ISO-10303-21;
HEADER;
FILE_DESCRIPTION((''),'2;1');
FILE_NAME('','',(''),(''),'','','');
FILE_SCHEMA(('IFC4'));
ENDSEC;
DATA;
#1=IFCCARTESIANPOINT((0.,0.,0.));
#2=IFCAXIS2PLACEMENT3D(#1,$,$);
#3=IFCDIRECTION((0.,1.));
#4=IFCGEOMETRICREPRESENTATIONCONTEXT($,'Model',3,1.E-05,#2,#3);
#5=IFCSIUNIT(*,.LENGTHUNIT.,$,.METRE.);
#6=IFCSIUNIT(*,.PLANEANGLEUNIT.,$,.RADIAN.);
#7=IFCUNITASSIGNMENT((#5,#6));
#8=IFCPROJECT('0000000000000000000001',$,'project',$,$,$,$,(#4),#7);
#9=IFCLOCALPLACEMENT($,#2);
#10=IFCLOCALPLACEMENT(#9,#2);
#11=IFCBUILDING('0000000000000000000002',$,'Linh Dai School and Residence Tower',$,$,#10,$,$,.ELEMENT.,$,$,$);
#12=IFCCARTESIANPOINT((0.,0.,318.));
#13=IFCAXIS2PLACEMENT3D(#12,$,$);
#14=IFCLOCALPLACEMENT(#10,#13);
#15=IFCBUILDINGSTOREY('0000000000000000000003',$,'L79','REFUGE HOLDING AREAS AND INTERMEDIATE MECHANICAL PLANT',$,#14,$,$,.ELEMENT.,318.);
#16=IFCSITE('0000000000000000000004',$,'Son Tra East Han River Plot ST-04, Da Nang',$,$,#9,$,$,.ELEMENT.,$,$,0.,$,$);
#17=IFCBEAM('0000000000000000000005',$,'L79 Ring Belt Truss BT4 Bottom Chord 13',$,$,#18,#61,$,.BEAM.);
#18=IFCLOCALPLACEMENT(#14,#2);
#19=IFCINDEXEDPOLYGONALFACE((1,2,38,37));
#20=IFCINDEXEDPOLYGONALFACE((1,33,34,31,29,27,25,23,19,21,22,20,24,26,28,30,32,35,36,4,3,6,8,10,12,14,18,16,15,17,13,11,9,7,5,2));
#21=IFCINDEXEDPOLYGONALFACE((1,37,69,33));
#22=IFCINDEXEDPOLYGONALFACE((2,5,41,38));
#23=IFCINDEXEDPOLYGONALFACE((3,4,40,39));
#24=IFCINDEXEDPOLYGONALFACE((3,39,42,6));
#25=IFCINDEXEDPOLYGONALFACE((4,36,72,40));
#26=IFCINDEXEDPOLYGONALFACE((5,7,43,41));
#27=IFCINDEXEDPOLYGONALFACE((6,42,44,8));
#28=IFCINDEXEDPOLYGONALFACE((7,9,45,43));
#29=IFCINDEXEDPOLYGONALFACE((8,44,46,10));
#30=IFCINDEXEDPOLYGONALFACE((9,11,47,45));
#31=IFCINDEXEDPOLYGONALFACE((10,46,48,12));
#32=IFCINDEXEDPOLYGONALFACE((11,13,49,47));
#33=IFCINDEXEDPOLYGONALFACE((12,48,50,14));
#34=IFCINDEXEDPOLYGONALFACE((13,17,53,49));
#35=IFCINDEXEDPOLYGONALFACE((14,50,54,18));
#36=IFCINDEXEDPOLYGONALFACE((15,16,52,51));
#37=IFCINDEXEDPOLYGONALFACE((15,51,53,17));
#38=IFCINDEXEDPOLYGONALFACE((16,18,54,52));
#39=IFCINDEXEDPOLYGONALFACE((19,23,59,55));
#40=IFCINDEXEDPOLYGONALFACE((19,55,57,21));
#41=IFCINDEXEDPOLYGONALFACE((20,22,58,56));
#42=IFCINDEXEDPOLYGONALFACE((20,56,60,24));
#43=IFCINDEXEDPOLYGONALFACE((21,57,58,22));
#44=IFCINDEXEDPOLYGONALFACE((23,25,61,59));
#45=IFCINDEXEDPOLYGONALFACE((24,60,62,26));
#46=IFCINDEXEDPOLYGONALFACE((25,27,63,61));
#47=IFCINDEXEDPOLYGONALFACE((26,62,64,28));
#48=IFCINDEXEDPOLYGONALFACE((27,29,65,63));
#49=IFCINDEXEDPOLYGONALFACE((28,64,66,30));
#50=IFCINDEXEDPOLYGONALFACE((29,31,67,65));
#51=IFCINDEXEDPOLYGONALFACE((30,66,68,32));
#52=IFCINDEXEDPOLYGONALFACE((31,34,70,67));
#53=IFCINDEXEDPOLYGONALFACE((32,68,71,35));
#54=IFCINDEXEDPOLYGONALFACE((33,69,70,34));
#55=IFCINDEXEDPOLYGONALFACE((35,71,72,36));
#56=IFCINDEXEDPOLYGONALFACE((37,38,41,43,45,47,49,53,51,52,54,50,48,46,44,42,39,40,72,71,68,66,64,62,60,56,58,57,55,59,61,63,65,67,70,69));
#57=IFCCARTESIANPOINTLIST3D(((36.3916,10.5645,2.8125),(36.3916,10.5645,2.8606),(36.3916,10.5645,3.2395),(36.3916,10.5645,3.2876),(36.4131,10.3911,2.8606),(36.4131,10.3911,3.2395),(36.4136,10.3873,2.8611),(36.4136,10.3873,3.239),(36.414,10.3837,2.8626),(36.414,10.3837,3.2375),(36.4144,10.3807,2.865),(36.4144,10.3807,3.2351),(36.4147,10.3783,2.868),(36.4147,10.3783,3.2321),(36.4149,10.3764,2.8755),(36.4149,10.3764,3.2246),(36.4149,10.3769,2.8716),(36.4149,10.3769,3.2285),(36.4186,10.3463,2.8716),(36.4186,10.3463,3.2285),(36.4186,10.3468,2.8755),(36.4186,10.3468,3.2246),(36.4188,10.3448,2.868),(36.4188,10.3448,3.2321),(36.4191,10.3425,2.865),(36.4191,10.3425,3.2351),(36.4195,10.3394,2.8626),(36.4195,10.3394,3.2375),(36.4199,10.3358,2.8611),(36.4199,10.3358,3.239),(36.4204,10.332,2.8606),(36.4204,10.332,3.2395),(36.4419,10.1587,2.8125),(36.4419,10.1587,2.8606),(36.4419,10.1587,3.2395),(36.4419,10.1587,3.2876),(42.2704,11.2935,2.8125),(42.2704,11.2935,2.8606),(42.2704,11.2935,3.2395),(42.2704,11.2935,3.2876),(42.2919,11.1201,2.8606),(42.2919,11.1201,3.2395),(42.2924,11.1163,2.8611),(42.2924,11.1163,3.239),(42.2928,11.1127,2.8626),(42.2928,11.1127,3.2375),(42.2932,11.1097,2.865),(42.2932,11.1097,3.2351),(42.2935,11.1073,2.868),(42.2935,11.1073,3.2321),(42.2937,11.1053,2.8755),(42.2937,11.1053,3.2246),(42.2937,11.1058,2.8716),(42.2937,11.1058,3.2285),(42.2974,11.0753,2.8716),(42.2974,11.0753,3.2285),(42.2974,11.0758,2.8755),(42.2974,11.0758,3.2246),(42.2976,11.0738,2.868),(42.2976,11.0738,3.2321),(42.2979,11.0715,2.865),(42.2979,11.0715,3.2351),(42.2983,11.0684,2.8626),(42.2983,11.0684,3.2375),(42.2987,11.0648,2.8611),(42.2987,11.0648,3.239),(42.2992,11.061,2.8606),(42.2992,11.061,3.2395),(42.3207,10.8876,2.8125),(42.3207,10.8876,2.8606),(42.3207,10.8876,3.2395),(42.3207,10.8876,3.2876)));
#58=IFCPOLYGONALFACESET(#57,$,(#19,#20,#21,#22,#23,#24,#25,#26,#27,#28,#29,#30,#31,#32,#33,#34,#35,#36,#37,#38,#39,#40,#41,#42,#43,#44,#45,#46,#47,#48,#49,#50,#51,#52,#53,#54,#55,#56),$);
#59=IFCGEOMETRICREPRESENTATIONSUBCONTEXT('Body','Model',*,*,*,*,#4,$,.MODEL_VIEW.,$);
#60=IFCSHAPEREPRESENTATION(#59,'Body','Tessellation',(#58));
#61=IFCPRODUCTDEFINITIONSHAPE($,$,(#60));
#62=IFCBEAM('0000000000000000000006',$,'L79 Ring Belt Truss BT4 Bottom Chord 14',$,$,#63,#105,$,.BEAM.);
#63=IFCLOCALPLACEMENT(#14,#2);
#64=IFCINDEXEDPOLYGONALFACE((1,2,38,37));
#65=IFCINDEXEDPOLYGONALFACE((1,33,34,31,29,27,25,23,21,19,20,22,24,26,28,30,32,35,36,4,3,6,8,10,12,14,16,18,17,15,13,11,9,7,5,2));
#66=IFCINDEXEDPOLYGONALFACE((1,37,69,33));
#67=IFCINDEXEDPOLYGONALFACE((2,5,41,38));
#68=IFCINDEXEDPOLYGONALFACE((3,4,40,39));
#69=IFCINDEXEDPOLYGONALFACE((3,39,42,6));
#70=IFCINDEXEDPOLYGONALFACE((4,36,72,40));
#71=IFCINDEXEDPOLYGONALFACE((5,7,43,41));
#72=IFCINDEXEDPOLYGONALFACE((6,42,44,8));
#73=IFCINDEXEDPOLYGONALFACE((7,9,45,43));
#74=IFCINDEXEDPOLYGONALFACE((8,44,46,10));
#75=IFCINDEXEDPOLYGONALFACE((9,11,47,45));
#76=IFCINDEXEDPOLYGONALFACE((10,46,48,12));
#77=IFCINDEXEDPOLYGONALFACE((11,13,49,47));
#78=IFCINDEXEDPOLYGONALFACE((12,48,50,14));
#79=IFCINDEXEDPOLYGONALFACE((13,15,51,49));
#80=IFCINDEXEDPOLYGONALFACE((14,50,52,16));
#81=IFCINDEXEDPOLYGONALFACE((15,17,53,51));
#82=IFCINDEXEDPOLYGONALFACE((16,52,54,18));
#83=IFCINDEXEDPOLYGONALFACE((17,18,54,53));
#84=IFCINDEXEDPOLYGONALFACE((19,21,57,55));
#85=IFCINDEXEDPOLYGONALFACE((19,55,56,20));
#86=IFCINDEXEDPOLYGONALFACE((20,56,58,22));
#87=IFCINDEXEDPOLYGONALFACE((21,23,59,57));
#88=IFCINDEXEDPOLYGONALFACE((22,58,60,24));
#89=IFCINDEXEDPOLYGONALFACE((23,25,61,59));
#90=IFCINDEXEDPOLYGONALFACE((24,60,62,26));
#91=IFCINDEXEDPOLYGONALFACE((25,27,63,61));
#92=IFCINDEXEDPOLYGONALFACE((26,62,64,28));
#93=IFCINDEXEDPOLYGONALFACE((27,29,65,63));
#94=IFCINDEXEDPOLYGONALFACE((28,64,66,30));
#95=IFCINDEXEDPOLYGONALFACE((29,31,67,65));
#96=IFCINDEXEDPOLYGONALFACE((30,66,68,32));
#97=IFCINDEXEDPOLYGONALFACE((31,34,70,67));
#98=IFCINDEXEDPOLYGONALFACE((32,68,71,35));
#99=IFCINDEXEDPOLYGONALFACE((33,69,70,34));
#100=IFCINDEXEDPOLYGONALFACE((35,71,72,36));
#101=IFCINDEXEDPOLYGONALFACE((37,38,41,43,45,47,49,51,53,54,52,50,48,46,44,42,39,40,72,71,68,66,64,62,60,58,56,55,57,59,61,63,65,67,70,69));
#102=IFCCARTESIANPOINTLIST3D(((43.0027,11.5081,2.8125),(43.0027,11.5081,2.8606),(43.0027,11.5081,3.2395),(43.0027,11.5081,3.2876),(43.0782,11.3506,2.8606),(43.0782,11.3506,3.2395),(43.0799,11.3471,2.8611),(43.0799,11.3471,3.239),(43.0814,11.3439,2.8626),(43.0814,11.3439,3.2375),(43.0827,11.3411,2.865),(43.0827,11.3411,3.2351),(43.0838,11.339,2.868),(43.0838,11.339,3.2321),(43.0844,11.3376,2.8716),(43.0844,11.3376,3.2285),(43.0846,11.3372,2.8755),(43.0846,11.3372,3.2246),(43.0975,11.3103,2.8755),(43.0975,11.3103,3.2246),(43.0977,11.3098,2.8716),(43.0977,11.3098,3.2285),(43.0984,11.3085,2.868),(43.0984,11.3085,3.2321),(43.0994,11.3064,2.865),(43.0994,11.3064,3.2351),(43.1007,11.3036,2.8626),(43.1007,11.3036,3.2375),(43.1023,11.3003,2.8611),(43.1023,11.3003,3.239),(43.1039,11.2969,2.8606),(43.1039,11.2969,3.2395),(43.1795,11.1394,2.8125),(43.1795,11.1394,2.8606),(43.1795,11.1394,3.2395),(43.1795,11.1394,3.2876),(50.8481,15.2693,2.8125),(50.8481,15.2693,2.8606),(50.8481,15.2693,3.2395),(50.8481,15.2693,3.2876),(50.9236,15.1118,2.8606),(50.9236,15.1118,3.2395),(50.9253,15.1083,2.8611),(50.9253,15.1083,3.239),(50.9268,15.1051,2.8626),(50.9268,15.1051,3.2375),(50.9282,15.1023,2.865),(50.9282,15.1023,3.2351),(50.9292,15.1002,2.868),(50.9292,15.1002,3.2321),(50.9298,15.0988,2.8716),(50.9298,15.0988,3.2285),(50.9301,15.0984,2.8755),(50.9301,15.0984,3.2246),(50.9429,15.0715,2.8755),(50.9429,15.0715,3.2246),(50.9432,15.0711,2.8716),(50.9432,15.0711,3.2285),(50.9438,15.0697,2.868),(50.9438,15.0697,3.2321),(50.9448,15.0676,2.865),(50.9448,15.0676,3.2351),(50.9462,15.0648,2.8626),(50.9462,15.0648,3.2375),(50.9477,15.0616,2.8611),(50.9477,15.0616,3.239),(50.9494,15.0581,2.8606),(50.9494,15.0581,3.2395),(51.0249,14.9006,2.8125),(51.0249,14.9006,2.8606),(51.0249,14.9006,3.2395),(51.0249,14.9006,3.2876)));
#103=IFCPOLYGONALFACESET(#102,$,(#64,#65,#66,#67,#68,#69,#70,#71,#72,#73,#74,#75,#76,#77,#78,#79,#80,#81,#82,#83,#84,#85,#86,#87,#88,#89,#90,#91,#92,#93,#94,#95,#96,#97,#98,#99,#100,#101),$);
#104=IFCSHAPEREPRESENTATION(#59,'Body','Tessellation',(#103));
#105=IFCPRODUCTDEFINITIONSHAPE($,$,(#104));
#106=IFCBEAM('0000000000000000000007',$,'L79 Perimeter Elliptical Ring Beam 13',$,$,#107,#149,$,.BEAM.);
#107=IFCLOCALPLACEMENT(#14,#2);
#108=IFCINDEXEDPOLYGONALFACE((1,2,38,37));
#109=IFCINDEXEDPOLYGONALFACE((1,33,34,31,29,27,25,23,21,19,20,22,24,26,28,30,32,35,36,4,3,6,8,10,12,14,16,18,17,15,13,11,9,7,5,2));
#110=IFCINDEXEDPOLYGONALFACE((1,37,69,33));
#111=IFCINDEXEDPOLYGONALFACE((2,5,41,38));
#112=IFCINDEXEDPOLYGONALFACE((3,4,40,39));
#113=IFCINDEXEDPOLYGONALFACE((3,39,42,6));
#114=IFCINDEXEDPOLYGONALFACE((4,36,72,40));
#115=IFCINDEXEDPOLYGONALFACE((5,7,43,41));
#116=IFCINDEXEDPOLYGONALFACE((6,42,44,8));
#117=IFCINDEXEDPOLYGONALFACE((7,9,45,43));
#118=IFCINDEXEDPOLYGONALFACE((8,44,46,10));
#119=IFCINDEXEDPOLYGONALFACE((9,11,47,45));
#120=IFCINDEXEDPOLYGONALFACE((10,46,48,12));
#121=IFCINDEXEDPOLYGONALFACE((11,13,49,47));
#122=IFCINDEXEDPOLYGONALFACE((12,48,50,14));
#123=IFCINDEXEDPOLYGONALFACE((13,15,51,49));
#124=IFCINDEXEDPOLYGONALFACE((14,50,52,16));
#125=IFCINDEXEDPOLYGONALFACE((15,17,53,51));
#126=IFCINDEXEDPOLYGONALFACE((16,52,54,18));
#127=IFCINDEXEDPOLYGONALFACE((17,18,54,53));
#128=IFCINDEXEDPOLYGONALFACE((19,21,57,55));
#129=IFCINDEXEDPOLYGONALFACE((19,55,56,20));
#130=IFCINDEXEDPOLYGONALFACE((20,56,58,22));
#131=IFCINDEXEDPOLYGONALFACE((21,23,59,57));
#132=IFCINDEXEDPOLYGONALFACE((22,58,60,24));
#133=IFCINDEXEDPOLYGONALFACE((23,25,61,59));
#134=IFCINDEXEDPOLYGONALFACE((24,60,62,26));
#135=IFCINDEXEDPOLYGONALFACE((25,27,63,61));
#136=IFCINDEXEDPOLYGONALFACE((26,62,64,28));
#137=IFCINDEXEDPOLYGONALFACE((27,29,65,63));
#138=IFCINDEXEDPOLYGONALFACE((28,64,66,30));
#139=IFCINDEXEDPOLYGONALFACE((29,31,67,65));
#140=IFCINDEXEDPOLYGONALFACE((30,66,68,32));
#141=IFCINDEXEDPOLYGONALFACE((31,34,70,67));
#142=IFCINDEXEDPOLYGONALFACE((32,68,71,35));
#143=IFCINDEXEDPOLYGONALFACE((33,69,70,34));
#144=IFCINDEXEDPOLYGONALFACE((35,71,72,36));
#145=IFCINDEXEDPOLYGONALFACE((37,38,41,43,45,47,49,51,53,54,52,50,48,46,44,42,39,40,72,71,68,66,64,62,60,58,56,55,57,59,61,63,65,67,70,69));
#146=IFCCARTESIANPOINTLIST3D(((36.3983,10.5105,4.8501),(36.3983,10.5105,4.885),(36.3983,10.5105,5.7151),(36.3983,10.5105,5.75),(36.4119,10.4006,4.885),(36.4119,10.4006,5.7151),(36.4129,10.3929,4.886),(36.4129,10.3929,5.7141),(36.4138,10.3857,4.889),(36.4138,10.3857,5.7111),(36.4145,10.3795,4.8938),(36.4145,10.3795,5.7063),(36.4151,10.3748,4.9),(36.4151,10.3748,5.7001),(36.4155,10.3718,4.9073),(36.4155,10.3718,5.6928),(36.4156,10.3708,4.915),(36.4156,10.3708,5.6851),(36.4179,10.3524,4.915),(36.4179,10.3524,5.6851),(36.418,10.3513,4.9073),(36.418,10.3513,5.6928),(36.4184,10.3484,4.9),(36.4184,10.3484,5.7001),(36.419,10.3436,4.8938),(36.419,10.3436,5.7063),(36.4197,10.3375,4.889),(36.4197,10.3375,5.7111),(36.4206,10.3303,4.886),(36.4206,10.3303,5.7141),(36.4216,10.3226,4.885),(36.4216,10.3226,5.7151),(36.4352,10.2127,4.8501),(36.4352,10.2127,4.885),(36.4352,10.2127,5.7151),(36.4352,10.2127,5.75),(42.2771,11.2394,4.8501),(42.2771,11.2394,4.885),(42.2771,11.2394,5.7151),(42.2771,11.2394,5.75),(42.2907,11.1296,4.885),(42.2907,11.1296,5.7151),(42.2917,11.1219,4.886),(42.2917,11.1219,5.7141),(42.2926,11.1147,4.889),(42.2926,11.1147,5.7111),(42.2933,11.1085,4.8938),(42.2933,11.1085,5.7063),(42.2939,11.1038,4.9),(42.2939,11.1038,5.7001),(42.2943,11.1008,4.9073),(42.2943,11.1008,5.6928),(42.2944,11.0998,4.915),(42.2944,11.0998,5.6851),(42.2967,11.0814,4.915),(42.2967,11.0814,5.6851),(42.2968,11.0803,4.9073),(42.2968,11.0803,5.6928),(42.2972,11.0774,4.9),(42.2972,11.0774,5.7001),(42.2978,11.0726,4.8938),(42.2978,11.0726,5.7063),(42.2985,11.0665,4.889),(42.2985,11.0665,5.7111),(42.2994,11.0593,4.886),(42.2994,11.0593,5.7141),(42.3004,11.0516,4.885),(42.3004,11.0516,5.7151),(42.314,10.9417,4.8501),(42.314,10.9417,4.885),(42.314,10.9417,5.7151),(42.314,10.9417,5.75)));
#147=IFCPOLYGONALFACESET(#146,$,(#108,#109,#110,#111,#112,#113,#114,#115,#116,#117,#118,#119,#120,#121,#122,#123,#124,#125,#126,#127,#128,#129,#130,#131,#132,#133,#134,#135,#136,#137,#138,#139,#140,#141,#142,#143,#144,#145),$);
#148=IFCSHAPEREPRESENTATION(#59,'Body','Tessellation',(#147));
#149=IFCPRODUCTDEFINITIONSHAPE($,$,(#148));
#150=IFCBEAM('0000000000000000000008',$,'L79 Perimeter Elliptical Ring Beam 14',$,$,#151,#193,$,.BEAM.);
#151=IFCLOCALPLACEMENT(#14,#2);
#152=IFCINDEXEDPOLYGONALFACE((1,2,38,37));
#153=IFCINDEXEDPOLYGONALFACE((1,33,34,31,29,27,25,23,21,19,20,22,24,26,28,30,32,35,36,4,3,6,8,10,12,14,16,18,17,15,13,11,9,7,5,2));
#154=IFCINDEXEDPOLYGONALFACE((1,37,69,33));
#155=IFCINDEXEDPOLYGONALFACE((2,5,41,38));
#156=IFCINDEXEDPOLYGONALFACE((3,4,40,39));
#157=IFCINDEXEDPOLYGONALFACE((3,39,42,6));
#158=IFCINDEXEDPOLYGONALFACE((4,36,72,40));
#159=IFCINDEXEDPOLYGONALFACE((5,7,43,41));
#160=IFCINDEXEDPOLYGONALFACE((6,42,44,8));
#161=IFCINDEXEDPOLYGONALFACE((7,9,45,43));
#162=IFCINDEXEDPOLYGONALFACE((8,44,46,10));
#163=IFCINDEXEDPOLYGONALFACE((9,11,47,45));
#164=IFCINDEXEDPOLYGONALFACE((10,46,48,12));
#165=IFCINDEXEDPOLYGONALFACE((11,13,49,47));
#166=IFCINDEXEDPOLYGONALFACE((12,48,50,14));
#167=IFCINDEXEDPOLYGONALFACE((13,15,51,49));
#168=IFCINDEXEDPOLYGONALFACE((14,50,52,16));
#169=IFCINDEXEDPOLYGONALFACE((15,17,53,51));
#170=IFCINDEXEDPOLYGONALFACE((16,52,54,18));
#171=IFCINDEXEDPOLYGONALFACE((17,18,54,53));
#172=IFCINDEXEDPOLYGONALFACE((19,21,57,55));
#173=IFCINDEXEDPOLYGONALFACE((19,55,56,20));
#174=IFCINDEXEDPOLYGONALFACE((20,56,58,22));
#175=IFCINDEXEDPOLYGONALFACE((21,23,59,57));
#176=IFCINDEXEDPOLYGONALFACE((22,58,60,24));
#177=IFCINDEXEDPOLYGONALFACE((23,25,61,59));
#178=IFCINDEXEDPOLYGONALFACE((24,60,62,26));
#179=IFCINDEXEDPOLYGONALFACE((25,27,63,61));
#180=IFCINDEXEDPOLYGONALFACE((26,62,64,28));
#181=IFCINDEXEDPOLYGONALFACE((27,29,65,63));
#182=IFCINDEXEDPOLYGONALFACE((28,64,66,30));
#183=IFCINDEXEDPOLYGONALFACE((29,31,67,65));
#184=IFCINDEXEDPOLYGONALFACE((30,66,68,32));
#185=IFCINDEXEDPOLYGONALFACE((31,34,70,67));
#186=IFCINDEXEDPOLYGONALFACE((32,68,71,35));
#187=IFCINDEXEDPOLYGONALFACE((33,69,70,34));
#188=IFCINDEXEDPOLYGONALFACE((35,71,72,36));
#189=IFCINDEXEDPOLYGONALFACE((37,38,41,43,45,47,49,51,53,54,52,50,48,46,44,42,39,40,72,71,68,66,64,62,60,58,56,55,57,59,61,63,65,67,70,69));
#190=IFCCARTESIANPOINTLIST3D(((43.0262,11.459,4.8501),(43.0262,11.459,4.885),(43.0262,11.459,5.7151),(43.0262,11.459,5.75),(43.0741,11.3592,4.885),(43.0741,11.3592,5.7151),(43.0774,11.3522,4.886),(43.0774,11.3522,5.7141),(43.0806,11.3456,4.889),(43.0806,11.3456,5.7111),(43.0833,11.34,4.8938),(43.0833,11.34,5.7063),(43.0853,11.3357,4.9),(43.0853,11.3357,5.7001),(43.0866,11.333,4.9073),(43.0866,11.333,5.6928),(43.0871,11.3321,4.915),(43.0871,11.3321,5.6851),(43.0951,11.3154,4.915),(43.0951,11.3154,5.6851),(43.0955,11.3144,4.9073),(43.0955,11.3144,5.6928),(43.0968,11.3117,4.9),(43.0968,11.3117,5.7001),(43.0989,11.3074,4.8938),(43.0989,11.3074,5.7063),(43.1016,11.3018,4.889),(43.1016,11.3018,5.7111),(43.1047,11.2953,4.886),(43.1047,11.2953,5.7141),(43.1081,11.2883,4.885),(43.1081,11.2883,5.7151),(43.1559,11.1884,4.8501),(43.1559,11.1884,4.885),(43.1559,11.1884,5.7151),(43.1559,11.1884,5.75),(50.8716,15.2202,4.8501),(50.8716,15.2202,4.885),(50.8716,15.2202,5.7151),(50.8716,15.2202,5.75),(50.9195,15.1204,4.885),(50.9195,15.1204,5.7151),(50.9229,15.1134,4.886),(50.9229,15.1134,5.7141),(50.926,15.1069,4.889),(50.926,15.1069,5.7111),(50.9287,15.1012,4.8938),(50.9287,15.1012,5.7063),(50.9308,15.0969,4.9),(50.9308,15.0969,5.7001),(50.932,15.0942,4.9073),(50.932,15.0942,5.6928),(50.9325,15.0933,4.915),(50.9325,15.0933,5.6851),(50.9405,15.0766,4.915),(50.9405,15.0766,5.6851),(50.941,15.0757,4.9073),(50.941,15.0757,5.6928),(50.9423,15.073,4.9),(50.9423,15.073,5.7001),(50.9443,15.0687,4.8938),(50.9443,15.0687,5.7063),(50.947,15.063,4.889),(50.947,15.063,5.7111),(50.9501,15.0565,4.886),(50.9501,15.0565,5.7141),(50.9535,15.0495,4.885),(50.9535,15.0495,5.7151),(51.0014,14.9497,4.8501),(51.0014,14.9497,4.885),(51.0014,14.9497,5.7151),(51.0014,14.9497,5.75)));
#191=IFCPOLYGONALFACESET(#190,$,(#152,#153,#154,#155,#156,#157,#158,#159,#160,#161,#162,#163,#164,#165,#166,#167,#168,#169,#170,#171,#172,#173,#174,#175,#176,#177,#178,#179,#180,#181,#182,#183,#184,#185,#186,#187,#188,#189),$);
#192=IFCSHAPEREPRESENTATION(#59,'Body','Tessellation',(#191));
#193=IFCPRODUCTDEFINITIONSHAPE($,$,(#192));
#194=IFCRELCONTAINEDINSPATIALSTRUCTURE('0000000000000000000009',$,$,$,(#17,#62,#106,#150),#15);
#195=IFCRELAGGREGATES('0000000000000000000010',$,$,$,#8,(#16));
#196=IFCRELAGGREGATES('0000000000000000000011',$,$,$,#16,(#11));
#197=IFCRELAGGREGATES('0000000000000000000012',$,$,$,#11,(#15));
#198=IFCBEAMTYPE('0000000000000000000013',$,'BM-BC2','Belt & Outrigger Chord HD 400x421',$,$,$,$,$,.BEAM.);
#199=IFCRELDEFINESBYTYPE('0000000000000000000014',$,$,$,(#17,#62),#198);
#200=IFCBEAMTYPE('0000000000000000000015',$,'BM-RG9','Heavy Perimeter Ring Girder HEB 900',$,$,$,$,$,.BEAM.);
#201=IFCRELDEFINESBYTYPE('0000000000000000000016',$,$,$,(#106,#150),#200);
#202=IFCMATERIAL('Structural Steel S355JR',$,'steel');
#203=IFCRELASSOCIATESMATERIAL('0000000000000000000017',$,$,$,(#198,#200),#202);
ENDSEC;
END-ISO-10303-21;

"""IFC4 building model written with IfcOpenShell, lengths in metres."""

from ifc_helpers import new_model, si_unit, direction, frame, origin, origin_2d, place, context, subcontext, project, spatial, i_section, extrude, material, material_profile, profile_set, type_object, element, save


model = new_model("IFC4")

# Units and contexts
model_context = context("Model", 3, precision=1e-05, world=origin(), true_north=direction((0.0, 1.0)))
body_context = subcontext(model_context, "Body", "Model", "MODEL_VIEW")
ifc_project = project(units=[si_unit("LENGTHUNIT", "METRE"), si_unit("PLANEANGLEUNIT", "RADIAN")], contexts=[model_context])

# Site, building, storey
site_placement = place(None, origin())
site = spatial("IfcSite", under=ifc_project, at=site_placement, Name="Son Tra East Han River Plot ST-04, Da Nang", CompositionType="ELEMENT", RefElevation=0.0)
building_placement = place(site_placement, origin())
building = spatial("IfcBuilding", under=site, at=building_placement, Name="Linh Dai School and Residence Tower", CompositionType="ELEMENT")
storey_placement = place(building_placement, frame((0.0, 0.0, 318.0)))
storey = spatial("IfcBuildingStorey", under=building, at=storey_placement, Name="L79", Description="REFUGE HOLDING AREAS AND INTERMEDIATE MECHANICAL PLANT", CompositionType="ELEMENT", Elevation=318.0)

# Shared definitions
ifc_material_1 = material(Name="Structural Steel S355JR", Category="steel")

# Beams
ifc_material_profile_1 = material_profile(ifc_material_1, i_section(OverallWidth=0.4089, OverallDepth=0.4751, WebThickness=0.0298, FlangeThickness=0.0481, FilletRadius=0.0149, at=origin_2d()), Name="HD 400x421")
ifc_profile_set_1 = profile_set([ifc_material_profile_1], Name="Structural Steel S355JR")
beam_type_1 = type_object("IfcBeamType", Name="BM-BC2", Description="Belt & Outrigger Chord HD 400x421", PredefinedType="BEAM", material=ifc_profile_set_1)
beam_1_placement = place(storey_placement, frame((36.4167, 10.3616, 3.05), z_axis=(0.992399, 0.123061, 0.0), x_axis=(-0.123061, 0.992399, 0.0)))
element("IfcBeam", 1, at=beam_1_placement, inside=storey, type_object=beam_type_1, Name="L79 Ring Belt Truss BT4 Bottom Chord 13", PredefinedType="BEAM", context=body_context, shape_type="SweptSolid", body=[
    extrude(i_section(OverallWidth=0.4089, OverallDepth=0.4751, WebThickness=0.0298, FlangeThickness=0.0481, FilletRadius=0.0149, at=origin_2d()), origin(), (0.0, 0.0, 1.0), 5.9238),
])
beam_2_placement = place(storey_placement, frame((43.0911, 11.3237, 3.05), z_axis=(0.901729, 0.432302, 0.0), x_axis=(-0.432302, 0.901729, 0.0)))
element("IfcBeam", 2, at=beam_2_placement, inside=storey, type_object=beam_type_1, Name="L79 Ring Belt Truss BT4 Bottom Chord 14", PredefinedType="BEAM", context=body_context, shape_type="SweptSolid", body=[
    extrude(i_section(OverallWidth=0.4089, OverallDepth=0.4751, WebThickness=0.0298, FlangeThickness=0.0481, FilletRadius=0.0149, at=origin_2d()), origin(), (0.0, 0.0, 1.0), 8.7004),
])
ifc_material_profile_2 = material_profile(ifc_material_1, i_section(OverallWidth=0.3, OverallDepth=0.8999, WebThickness=0.0186, FlangeThickness=0.0349, FilletRadius=0.03, at=origin_2d()), Name="HEB 900")
ifc_profile_set_2 = profile_set([ifc_material_profile_2], Name="Structural Steel S355JR")
beam_type_2 = type_object("IfcBeamType", Name="BM-RG9", Description="Heavy Perimeter Ring Girder HEB 900", PredefinedType="BEAM", material=ifc_profile_set_2)
beam_3_placement = place(storey_placement, frame((36.4167, 10.3616, 5.3), z_axis=(0.992399, 0.123061, 0.0), x_axis=(-0.123061, 0.992399, 0.0)))
element("IfcBeam", 3, at=beam_3_placement, inside=storey, type_object=beam_type_2, Name="L79 Perimeter Elliptical Ring Beam 13", PredefinedType="BEAM", context=body_context, shape_type="SweptSolid", body=[
    extrude(i_section(OverallWidth=0.3, OverallDepth=0.8999, WebThickness=0.0186, FlangeThickness=0.0349, FilletRadius=0.03, at=origin_2d()), origin(), (0.0, 0.0, 1.0), 5.9238),
])
beam_4_placement = place(storey_placement, frame((43.0911, 11.3237, 5.3), z_axis=(0.901729, 0.432302, 0.0), x_axis=(-0.432302, 0.901729, 0.0)))
element("IfcBeam", 4, at=beam_4_placement, inside=storey, type_object=beam_type_2, Name="L79 Perimeter Elliptical Ring Beam 14", PredefinedType="BEAM", context=body_context, shape_type="SweptSolid", body=[
    extrude(i_section(OverallWidth=0.3, OverallDepth=0.8999, WebThickness=0.0186, FlangeThickness=0.0349, FilletRadius=0.03, at=origin_2d()), origin(), (0.0, 0.0, 1.0), 8.7004),
])

save(model, "model.ifc")
